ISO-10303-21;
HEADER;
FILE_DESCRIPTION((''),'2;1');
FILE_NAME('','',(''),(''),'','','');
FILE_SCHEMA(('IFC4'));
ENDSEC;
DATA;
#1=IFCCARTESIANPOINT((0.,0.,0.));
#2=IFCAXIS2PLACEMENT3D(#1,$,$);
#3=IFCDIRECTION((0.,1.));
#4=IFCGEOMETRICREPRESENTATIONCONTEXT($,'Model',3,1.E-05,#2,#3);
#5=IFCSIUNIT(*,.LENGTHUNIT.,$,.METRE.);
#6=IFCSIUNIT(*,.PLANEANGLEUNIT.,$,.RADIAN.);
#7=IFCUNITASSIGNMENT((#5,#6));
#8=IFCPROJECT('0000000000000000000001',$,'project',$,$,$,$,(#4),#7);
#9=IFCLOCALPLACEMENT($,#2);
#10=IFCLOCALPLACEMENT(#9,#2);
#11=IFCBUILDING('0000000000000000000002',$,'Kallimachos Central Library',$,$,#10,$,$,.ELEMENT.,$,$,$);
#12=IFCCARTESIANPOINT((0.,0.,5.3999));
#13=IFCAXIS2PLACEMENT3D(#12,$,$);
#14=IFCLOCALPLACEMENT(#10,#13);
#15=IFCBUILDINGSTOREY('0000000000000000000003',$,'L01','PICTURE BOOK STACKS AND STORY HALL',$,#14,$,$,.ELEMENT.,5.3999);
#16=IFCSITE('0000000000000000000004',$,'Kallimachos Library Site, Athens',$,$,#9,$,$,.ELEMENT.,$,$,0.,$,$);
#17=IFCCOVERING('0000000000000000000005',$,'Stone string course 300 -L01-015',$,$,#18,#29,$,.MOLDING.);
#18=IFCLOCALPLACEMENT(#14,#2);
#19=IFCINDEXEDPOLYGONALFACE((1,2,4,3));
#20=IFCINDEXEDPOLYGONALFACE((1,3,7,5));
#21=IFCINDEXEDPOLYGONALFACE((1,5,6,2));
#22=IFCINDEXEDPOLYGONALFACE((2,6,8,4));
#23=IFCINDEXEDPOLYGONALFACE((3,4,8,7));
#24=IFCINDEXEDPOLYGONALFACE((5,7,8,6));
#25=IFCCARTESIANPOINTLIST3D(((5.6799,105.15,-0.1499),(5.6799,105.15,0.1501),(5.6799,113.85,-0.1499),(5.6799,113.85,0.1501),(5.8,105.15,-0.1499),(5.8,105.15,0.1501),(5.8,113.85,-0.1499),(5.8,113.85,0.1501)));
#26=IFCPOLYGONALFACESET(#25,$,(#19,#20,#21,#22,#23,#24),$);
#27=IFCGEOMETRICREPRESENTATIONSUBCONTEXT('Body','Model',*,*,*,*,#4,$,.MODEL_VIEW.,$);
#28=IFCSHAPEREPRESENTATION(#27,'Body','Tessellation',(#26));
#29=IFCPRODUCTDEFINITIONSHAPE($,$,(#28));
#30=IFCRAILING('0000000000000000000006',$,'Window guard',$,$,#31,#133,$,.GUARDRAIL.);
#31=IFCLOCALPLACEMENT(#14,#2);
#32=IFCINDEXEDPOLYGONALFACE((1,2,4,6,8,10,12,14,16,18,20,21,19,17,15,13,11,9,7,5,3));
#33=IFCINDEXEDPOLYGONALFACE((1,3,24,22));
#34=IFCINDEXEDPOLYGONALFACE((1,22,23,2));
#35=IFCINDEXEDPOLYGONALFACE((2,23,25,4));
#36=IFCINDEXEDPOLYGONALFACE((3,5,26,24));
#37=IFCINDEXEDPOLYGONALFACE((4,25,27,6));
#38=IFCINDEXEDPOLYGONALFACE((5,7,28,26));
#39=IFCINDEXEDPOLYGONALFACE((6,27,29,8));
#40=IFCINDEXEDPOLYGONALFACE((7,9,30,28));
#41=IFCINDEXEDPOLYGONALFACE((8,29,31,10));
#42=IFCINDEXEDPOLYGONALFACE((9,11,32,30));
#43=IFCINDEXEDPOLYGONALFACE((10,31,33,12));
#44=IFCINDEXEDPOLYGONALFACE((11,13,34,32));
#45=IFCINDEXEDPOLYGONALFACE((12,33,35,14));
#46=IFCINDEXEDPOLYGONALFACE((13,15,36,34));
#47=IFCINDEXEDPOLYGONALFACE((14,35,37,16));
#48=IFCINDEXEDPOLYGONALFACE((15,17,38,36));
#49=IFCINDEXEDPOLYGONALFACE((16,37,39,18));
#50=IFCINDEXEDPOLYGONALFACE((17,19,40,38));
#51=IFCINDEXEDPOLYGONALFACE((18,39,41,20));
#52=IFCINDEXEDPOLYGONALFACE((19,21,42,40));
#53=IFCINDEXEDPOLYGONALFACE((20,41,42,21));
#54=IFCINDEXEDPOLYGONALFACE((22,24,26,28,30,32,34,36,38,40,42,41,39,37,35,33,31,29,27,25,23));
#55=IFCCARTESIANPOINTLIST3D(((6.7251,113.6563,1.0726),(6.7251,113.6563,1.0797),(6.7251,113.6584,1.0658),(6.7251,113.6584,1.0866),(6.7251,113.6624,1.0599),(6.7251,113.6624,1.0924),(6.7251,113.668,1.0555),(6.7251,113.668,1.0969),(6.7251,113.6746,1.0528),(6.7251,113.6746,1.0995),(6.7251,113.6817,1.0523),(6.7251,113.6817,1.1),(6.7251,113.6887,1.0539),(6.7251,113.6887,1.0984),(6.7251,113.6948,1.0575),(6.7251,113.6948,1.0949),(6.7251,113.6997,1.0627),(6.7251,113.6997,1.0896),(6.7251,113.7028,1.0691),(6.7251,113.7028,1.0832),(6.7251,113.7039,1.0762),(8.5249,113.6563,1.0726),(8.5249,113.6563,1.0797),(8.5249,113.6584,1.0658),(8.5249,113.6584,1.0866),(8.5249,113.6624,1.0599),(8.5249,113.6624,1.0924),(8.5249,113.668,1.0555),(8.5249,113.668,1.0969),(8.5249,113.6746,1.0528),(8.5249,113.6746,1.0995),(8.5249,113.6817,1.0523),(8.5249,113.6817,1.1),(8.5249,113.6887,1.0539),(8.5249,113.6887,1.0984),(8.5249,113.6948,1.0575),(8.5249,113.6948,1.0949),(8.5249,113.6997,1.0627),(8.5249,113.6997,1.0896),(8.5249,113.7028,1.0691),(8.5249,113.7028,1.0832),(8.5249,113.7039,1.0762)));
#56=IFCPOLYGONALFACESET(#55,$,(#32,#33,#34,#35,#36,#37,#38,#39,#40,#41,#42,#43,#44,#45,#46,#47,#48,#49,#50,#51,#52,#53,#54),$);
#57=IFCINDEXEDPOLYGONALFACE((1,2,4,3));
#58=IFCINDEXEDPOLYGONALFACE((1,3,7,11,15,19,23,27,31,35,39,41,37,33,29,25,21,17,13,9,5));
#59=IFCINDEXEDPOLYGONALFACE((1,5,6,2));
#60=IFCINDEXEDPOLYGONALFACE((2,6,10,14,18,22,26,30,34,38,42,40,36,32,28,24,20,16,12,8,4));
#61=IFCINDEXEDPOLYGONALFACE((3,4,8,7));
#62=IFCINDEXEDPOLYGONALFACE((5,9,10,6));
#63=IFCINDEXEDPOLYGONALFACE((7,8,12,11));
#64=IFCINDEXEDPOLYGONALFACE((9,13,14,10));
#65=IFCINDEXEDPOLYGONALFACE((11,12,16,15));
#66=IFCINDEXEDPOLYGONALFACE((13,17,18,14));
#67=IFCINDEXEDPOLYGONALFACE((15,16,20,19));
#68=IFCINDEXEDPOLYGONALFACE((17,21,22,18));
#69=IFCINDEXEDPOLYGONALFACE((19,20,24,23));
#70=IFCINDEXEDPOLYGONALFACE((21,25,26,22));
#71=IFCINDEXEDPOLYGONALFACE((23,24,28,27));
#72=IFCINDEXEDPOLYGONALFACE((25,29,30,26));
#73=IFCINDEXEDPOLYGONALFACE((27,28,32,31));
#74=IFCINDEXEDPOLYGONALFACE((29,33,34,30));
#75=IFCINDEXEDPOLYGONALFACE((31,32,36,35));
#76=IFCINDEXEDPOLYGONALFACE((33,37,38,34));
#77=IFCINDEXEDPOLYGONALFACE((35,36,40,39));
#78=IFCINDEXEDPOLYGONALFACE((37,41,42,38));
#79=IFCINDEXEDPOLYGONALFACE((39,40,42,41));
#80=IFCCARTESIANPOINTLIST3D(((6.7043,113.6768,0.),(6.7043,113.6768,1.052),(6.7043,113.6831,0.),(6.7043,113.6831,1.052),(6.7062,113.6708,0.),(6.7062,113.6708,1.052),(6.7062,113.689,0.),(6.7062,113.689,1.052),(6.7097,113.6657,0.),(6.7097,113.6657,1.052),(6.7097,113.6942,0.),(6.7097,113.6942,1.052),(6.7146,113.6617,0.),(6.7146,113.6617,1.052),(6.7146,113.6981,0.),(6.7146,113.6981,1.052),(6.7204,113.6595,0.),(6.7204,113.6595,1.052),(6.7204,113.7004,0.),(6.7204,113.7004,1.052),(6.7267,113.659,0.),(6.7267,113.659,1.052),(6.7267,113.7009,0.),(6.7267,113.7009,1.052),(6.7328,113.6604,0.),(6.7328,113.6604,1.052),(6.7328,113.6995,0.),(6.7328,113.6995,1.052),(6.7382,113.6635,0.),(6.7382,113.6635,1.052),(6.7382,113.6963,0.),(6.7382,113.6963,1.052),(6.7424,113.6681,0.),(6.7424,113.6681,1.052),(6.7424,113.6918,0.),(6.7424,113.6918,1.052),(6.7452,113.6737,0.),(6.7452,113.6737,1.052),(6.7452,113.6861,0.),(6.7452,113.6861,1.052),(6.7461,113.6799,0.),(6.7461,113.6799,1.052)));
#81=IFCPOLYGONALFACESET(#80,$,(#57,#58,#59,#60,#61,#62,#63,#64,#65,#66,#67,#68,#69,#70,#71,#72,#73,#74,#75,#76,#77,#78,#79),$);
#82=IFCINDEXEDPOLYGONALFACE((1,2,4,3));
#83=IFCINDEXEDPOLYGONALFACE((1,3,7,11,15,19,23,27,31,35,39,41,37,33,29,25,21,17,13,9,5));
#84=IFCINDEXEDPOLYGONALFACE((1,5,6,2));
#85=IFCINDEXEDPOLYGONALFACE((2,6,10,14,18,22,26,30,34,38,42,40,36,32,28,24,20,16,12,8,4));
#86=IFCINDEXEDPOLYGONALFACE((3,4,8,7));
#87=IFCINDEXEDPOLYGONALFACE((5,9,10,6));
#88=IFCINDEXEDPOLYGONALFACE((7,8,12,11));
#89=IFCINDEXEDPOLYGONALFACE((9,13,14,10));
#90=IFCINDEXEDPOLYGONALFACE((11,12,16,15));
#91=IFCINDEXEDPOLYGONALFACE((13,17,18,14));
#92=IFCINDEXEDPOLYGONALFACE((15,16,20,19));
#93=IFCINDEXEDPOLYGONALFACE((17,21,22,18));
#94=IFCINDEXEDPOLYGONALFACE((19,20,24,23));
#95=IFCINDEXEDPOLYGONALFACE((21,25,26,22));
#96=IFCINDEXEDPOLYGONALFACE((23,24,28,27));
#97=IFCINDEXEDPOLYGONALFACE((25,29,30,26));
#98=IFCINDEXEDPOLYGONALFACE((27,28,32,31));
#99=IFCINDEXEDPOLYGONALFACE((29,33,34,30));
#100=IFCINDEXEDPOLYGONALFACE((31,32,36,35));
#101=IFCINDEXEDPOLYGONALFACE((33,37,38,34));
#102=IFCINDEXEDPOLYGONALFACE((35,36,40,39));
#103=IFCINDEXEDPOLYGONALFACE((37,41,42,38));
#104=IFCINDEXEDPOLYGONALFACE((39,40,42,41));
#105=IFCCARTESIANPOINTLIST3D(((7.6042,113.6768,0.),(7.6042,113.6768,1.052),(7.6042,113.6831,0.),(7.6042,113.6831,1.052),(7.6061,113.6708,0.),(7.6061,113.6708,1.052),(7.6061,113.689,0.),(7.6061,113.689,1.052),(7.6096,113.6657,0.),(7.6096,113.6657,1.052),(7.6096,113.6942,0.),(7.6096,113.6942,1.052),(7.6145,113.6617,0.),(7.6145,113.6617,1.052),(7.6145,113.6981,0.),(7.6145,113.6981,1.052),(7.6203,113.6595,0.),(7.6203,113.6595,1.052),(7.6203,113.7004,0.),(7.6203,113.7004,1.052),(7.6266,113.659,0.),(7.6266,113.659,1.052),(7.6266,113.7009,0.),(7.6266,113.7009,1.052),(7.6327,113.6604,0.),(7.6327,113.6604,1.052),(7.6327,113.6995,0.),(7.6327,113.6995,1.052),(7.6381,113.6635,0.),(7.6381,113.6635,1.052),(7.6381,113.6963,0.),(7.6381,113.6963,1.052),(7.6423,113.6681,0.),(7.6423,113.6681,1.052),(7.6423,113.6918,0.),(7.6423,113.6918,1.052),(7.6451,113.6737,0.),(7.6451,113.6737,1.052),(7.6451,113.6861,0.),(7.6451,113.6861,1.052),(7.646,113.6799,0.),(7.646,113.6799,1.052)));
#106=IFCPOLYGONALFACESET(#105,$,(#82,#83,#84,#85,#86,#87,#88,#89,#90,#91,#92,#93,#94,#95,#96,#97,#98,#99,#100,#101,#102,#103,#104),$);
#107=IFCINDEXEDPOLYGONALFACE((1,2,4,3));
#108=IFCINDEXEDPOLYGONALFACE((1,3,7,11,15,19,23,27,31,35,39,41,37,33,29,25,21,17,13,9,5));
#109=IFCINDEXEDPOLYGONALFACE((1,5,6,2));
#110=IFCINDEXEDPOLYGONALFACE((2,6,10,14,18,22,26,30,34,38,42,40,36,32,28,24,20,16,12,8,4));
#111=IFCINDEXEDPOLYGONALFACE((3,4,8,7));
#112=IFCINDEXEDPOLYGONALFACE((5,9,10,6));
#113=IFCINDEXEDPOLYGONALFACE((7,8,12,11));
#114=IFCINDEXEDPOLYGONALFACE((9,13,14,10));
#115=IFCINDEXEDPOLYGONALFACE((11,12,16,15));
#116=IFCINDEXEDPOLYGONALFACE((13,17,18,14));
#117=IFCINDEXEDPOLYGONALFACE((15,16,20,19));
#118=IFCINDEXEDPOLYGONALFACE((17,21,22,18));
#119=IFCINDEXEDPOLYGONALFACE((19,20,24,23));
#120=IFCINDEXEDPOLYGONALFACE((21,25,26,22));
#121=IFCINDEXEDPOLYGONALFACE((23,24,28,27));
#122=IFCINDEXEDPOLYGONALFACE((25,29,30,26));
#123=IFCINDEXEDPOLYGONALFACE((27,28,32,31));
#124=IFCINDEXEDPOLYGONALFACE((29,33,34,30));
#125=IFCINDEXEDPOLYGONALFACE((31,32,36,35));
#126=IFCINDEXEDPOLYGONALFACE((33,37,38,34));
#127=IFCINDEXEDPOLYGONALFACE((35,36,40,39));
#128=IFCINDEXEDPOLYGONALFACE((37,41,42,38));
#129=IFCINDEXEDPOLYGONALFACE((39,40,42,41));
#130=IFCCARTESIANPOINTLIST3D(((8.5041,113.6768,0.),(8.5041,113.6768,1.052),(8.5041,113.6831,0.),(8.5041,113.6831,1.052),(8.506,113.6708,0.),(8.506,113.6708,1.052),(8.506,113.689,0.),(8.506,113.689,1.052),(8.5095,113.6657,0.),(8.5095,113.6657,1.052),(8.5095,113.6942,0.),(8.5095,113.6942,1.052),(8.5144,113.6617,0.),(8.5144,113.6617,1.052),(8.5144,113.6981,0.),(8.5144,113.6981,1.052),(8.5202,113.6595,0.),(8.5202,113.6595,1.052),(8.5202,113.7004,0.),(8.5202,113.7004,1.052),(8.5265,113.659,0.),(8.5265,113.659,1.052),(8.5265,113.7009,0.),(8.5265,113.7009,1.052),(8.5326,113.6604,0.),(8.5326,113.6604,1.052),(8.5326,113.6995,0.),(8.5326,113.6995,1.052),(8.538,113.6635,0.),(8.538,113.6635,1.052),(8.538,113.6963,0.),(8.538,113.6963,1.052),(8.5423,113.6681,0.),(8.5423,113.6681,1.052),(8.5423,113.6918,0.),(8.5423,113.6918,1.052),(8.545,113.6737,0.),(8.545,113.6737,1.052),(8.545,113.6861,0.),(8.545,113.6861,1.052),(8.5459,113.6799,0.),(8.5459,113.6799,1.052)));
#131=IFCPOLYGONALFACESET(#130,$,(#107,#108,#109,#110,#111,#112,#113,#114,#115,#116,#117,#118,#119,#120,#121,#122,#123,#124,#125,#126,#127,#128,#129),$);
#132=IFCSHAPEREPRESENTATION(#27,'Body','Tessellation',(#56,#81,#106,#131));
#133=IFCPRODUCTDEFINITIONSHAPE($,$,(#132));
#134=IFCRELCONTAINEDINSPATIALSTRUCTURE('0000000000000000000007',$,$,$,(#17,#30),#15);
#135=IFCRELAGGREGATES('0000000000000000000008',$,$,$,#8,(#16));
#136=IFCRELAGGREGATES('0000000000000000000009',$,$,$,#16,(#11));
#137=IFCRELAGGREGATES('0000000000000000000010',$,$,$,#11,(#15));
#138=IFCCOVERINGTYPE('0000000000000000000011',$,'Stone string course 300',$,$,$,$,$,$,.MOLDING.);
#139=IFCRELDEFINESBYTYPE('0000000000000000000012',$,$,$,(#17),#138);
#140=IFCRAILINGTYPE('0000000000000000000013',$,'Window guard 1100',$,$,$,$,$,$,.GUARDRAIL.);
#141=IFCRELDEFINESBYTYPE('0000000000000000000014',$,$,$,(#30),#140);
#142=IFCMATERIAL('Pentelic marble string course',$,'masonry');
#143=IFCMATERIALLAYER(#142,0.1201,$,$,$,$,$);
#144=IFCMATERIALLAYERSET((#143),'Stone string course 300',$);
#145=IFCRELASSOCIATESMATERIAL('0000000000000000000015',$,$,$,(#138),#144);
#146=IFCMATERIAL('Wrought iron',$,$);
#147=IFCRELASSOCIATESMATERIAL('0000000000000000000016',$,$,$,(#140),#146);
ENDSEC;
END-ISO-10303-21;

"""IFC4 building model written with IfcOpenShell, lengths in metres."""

from ifc_helpers import new_model, si_unit, direction, frame, origin, origin_2d, place, context, subcontext, project, spatial, rectangle, circle, extrude, material, layer, layer_set, type_object, element, save


model = new_model("IFC4")

# Units and contexts
model_context = context("Model", 3, precision=1e-05, world=origin(), true_north=direction((0.0, 1.0)))
body_context = subcontext(model_context, "Body", "Model", "MODEL_VIEW")
ifc_project = project(units=[si_unit("LENGTHUNIT", "METRE"), si_unit("PLANEANGLEUNIT", "RADIAN")], contexts=[model_context])

# Site, building, storey
site_placement = place(None, origin())
site = spatial("IfcSite", under=ifc_project, at=site_placement, Name="Kallimachos Library Site, Athens", CompositionType="ELEMENT", RefElevation=0.0)
building_placement = place(site_placement, origin())
building = spatial("IfcBuilding", under=site, at=building_placement, Name="Kallimachos Central Library", CompositionType="ELEMENT")
storey_placement = place(building_placement, frame((0.0, 0.0, 5.3999)))
storey = spatial("IfcBuildingStorey", under=building, at=storey_placement, Name="L01", Description="PICTURE BOOK STACKS AND STORY HALL", CompositionType="ELEMENT", Elevation=5.3999)

# Covering
ifc_material_1 = material(Name="Pentelic marble string course", Category="masonry")
ifc_layer_1 = layer(ifc_material_1, 0.1201)
ifc_layer_set_1 = layer_set([ifc_layer_1], Name="Stone string course 300")
covering_type_1 = type_object("IfcCoveringType", Name="Stone string course 300", PredefinedType="MOLDING", material=ifc_layer_set_1)
covering_1_placement = place(storey_placement, frame((5.74, 109.5, -0.1499), z_axis=(0.0, 0.0, 1.0), x_axis=(1.0, 0.0, 0.0)))
element("IfcCovering", 1, at=covering_1_placement, inside=storey, type_object=covering_type_1, Name="Stone string course 300 -L01-015", PredefinedType="MOLDING", context=body_context, shape_type="SweptSolid", body=[
    extrude(rectangle(XDim=0.1201, YDim=8.7, at=origin_2d()), origin(), (0.0, 0.0, 1.0), 0.3),
])

# Railing
ifc_material_2 = material(Name="Wrought iron")
railing_type = type_object("IfcRailingType", Name="Window guard 1100", PredefinedType="GUARDRAIL", material=ifc_material_2)
for number, where, name in (
    (2, (6.7251, 113.6799, 0.0), "Window guard"),
):
    element("IfcRailing", number, at=place(storey_placement, frame(where)), inside=storey, type_object=railing_type, Name=name, PredefinedType="GUARDRAIL", context=body_context, shape_type="SweptSolid", body=[
        extrude(circle(Radius=0.0239, at=origin_2d()), frame((0.0, 0.0, 1.0762), z_axis=(1.0, 0.0, 0.0), x_axis=(0.0, 1.0, 0.0)), (0.0, 0.0, 1.0), 1.7998),
        extrude(circle(Radius=0.021, at=origin_2d()), origin(), (0.0, 0.0, 1.0), 1.052),
        extrude(circle(Radius=0.021, at=origin_2d()), frame((0.8999, 0.0, 0.0)), (0.0, 0.0, 1.0), 1.052),
        extrude(circle(Radius=0.021, at=origin_2d()), frame((1.7998, 0.0, 0.0)), (0.0, 0.0, 1.0), 1.052),
    ])

save(model, "model.ifc")
